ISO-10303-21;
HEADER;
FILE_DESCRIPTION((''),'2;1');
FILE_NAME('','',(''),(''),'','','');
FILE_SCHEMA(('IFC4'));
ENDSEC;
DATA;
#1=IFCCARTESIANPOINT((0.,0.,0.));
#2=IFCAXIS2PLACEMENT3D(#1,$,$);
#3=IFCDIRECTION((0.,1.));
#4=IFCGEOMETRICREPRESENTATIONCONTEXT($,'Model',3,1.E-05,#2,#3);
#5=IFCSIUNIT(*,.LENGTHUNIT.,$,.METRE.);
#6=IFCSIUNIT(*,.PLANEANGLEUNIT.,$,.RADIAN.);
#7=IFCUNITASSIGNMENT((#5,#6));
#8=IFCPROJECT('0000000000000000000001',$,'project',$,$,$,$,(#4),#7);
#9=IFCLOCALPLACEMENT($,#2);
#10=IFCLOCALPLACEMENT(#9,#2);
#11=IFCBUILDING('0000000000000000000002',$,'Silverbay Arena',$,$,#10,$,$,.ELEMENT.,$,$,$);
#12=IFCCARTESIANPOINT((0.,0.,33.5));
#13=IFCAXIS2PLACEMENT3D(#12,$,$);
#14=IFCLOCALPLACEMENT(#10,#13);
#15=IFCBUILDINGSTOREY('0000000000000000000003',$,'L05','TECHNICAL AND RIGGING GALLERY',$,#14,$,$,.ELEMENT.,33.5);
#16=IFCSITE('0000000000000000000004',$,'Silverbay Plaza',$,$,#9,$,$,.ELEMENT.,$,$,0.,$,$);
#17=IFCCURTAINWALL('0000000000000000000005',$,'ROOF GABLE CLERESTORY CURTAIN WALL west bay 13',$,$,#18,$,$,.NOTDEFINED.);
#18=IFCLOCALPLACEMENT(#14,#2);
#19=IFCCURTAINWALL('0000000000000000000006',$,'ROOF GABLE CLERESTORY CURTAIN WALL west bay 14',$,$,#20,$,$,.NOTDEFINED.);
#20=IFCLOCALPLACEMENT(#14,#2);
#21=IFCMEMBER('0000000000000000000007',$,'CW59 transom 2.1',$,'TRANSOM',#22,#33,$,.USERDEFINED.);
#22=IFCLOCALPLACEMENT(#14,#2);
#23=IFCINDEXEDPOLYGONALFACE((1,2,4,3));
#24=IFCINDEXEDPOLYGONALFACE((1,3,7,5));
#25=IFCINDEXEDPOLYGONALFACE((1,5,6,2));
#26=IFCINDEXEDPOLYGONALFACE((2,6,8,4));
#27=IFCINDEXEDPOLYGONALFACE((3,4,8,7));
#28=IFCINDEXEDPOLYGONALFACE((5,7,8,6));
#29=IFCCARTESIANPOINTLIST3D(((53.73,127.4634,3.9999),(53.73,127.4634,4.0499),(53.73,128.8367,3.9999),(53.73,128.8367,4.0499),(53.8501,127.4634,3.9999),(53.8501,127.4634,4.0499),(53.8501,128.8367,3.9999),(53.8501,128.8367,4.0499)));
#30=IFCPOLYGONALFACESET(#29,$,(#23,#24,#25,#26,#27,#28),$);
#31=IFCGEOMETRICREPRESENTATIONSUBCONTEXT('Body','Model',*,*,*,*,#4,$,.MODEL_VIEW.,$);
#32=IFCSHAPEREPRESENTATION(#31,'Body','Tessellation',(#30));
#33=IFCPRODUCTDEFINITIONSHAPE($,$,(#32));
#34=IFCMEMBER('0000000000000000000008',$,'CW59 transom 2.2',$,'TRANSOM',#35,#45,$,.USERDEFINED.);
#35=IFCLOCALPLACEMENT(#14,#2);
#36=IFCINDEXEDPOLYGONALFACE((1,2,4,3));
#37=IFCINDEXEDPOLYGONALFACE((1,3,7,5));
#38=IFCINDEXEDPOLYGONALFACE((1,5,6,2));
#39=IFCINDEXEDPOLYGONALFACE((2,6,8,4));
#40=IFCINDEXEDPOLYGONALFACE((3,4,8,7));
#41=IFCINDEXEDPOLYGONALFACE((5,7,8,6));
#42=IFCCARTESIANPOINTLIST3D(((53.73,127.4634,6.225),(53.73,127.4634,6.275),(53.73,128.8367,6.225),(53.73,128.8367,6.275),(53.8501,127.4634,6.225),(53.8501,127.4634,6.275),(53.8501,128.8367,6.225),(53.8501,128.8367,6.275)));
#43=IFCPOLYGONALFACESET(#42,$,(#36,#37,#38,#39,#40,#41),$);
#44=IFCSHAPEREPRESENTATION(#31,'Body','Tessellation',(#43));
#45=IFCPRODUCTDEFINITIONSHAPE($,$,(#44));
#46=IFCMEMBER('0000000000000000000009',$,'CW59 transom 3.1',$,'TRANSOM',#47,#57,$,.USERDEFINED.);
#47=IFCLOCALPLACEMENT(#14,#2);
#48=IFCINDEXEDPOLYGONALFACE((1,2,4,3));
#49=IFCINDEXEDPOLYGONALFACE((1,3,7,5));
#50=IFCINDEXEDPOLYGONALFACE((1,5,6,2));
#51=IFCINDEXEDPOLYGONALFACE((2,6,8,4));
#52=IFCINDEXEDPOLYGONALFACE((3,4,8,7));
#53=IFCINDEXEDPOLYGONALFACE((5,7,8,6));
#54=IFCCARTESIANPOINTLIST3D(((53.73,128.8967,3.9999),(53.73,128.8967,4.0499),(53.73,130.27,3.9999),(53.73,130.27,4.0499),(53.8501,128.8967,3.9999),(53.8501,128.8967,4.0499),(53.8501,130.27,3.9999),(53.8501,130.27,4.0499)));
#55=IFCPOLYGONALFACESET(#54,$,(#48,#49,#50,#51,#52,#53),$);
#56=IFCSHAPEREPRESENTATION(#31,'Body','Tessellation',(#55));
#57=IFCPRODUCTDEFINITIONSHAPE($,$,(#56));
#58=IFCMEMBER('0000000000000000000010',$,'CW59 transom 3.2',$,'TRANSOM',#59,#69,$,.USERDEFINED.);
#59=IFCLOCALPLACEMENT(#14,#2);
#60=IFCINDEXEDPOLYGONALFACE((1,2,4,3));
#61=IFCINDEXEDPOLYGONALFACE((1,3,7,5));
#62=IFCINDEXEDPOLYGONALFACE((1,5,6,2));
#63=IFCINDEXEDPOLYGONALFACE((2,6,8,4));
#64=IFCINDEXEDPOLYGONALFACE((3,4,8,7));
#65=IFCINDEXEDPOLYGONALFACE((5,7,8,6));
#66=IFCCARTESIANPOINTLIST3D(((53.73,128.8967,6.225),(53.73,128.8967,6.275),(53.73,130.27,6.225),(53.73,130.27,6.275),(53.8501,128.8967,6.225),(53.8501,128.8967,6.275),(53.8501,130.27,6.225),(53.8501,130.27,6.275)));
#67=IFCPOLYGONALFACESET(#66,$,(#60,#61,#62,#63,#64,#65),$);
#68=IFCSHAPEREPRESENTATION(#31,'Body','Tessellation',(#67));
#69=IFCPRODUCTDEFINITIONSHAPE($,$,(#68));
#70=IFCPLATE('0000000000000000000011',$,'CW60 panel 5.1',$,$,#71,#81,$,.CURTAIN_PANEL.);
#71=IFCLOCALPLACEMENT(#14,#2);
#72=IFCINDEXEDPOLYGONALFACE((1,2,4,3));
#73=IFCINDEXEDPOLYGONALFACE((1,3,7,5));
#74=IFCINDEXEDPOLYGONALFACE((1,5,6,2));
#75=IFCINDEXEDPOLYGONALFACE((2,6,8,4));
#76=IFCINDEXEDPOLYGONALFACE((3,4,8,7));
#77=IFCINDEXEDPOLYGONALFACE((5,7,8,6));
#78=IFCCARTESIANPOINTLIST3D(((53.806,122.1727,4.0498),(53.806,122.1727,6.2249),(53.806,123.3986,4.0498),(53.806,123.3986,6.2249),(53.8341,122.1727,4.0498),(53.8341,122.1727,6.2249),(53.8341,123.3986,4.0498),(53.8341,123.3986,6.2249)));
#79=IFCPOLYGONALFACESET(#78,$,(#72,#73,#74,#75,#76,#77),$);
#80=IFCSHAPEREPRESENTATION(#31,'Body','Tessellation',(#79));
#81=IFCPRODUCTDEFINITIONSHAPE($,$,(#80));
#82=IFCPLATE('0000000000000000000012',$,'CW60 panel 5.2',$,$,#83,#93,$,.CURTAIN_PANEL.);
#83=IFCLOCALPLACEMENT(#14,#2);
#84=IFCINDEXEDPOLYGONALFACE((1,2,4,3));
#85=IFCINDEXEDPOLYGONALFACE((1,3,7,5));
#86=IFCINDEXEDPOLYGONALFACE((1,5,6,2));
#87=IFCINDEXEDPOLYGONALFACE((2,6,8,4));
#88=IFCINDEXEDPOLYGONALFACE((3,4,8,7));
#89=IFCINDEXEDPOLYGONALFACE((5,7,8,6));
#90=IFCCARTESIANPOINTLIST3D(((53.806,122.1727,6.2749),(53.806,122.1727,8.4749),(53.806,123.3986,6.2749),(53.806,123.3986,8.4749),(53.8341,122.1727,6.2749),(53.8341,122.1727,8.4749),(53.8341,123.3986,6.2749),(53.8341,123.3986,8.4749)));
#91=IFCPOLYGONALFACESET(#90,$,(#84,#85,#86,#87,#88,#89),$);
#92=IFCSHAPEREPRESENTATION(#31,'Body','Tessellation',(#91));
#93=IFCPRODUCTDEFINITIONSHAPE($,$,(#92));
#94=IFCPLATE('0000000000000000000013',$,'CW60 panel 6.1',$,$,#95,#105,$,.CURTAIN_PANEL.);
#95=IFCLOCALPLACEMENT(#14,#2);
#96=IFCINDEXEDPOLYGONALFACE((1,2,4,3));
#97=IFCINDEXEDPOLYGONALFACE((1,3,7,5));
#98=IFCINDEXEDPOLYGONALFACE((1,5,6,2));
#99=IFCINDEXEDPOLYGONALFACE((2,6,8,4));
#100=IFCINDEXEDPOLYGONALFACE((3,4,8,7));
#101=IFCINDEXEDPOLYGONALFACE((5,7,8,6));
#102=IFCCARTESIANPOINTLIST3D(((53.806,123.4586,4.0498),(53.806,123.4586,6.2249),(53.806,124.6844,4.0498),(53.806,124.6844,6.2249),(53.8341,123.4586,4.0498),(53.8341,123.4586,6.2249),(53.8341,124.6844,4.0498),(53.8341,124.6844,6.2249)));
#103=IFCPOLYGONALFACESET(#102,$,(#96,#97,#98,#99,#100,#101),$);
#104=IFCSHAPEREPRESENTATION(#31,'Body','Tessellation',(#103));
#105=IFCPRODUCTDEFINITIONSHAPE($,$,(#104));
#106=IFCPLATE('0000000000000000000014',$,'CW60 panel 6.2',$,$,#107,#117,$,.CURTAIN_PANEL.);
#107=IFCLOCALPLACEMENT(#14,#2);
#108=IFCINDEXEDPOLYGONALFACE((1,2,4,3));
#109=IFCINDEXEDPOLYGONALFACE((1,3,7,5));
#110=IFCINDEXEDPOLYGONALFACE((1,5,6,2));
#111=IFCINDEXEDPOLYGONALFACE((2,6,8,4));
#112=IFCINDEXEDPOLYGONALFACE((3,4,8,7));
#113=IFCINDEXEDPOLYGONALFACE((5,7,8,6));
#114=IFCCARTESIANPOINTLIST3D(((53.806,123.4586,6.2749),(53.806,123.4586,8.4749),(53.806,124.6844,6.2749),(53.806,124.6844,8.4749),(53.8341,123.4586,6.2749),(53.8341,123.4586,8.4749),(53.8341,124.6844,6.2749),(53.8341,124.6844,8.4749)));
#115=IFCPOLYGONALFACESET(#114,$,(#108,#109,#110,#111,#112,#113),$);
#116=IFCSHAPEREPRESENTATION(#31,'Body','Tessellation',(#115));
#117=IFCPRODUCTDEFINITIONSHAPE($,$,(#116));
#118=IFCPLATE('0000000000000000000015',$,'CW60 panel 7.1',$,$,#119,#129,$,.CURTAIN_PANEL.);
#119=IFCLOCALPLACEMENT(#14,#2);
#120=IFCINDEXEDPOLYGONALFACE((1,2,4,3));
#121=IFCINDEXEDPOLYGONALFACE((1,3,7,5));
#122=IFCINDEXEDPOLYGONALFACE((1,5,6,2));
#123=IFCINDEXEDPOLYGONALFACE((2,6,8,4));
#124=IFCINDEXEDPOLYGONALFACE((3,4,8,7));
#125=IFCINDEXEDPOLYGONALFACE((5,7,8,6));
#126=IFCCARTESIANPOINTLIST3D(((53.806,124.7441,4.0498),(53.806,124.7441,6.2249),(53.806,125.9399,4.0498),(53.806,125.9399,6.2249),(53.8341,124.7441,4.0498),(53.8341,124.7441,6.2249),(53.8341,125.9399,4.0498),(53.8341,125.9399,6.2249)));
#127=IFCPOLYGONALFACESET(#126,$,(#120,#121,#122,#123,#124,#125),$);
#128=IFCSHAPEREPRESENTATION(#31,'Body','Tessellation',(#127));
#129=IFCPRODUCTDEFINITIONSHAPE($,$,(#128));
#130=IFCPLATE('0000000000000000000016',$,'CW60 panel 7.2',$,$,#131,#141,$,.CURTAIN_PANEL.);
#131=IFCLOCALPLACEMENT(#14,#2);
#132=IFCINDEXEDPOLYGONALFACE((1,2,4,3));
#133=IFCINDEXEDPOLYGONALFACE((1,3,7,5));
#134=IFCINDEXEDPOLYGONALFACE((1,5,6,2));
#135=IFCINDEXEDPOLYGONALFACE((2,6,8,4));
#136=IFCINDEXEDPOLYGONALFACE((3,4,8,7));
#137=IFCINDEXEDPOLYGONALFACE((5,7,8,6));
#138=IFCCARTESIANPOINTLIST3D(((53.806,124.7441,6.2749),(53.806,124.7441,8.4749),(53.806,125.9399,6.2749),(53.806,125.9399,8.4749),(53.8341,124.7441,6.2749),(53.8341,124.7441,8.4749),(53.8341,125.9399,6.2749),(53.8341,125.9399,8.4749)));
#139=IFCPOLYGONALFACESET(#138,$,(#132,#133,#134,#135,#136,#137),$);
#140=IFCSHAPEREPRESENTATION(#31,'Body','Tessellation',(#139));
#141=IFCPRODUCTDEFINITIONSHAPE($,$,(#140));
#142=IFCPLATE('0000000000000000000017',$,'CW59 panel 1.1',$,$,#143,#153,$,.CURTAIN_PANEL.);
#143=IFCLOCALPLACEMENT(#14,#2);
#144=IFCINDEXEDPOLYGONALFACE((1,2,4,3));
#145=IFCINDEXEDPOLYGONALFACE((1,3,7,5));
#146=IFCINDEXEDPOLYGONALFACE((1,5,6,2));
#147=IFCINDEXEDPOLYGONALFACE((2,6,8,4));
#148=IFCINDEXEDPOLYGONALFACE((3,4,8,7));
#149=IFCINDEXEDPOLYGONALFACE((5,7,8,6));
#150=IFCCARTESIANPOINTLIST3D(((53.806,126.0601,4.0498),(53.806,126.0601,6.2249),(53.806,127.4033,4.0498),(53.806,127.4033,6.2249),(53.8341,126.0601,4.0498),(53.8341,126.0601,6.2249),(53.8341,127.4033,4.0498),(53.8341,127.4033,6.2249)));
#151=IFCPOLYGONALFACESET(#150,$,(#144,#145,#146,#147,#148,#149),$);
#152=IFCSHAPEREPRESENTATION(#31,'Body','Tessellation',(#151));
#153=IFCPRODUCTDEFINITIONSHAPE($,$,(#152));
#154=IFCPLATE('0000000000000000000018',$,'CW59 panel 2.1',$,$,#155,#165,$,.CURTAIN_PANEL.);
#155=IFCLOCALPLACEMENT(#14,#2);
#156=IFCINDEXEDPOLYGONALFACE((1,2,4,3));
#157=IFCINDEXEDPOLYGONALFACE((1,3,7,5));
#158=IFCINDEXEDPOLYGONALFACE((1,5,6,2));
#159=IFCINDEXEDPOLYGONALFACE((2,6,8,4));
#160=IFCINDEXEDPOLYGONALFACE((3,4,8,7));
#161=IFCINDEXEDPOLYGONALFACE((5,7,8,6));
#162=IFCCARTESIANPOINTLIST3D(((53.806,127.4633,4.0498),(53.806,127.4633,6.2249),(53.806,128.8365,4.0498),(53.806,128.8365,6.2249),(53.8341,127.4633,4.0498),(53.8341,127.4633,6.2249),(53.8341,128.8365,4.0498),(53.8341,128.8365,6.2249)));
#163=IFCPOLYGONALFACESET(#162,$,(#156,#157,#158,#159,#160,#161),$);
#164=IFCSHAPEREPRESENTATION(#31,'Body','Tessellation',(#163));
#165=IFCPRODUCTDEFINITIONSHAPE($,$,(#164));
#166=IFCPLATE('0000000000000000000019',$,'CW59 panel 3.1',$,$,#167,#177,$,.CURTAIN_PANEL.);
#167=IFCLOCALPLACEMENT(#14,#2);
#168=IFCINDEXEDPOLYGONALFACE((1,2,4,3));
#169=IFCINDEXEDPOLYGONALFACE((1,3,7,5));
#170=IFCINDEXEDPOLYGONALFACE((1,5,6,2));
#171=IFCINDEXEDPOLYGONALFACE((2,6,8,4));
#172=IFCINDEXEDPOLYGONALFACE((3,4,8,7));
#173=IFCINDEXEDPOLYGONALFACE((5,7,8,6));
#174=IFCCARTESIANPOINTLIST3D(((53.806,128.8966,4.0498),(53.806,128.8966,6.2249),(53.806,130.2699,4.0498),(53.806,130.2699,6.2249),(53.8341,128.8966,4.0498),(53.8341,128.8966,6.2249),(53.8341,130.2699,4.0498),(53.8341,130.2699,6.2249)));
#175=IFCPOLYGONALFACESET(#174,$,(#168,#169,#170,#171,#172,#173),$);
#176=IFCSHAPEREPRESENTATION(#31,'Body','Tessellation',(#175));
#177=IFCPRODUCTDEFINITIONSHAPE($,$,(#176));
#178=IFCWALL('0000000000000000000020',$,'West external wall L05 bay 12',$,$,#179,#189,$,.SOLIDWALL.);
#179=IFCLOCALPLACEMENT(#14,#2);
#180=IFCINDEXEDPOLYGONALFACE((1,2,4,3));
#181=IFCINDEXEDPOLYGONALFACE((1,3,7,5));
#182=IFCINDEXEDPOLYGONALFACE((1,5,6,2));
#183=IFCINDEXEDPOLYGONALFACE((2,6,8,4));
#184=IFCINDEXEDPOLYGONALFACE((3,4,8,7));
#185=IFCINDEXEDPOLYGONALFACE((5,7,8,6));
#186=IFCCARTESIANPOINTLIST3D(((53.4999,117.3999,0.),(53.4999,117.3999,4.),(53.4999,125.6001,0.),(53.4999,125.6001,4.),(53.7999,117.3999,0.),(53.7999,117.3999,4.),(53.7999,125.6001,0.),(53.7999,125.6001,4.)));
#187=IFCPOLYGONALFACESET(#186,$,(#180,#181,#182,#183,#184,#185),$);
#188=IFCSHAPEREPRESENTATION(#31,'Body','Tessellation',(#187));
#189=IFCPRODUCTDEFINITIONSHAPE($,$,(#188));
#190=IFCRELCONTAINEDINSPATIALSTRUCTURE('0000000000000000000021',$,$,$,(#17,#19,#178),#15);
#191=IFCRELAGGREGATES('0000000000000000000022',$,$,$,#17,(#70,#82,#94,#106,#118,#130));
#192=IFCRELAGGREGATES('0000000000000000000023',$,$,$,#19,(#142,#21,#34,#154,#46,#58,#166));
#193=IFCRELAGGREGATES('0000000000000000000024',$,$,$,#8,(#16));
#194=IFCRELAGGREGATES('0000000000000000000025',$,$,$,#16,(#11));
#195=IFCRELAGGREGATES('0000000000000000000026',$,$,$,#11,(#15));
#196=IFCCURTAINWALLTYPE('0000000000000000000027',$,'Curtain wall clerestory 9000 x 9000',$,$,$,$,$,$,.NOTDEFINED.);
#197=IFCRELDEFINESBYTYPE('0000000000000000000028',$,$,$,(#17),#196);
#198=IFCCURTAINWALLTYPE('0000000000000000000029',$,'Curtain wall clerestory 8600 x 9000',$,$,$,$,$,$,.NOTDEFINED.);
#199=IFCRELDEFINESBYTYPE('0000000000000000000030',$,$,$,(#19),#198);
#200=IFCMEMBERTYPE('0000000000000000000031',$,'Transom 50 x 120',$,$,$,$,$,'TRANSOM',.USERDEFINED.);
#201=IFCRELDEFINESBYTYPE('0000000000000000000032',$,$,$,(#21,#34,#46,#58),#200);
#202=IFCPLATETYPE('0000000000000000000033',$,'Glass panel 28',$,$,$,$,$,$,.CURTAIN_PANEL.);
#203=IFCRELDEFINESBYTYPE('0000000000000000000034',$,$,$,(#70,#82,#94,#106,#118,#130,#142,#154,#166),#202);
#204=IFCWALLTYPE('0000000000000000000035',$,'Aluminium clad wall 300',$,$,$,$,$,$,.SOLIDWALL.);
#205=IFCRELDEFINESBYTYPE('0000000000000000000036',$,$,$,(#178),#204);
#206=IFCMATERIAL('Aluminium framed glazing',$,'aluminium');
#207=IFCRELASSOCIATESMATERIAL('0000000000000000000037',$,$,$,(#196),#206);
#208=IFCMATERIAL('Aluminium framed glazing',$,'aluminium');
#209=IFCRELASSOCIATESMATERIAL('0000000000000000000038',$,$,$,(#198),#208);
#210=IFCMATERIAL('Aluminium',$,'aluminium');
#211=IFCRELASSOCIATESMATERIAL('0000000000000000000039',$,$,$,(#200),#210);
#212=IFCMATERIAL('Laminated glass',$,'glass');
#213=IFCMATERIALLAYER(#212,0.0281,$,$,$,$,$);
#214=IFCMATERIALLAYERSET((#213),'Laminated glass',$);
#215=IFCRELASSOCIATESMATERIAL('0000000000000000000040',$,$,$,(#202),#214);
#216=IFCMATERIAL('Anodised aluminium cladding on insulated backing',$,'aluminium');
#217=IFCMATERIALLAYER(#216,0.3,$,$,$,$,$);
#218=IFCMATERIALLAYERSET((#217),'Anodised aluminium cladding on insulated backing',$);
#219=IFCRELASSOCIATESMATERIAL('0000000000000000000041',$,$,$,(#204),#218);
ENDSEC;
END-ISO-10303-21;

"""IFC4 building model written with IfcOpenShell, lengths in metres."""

from ifc_helpers import new_model, si_unit, direction, frame, frame_2d, origin, origin_2d, place, context, subcontext, project, spatial, rectangle, extrude, material, layer, layer_set, material_profile, profile_set, type_object, element, aggregate, save


model = new_model("IFC4")

# Units and contexts
model_context = context("Model", 3, precision=1e-05, world=origin(), true_north=direction((0.0, 1.0)))
body_context = subcontext(model_context, "Body", "Model", "MODEL_VIEW")
ifc_project = project(units=[si_unit("LENGTHUNIT", "METRE"), si_unit("PLANEANGLEUNIT", "RADIAN")], contexts=[model_context])

# Site, building, storey
site_placement = place(None, origin())
site = spatial("IfcSite", under=ifc_project, at=site_placement, Name="Silverbay Plaza", CompositionType="ELEMENT", RefElevation=0.0)
building_placement = place(site_placement, origin())
building = spatial("IfcBuilding", under=site, at=building_placement, Name="Silverbay Arena", CompositionType="ELEMENT")
storey_placement = place(building_placement, frame((0.0, 0.0, 33.5)))
storey = spatial("IfcBuildingStorey", under=building, at=storey_placement, Name="L05", Description="TECHNICAL AND RIGGING GALLERY", CompositionType="ELEMENT", Elevation=33.5)

# Curtain walls
ifc_material_1 = material(Name="Aluminium framed glazing", Category="aluminium")
curtain_wall_type_1 = type_object("IfcCurtainWallType", Name="Curtain wall clerestory 9000 x 9000", PredefinedType="NOTDEFINED", material=ifc_material_1)
curtain_wall_1_placement = place(storey_placement, origin())
curtain_wall_1 = element("IfcCurtainWall", 1, at=curtain_wall_1_placement, inside=storey, type_object=curtain_wall_type_1, Name="ROOF GABLE CLERESTORY CURTAIN WALL west bay 13", PredefinedType="NOTDEFINED")
ifc_material_2 = material(Name="Aluminium framed glazing", Category="aluminium")
curtain_wall_type_2 = type_object("IfcCurtainWallType", Name="Curtain wall clerestory 8600 x 9000", PredefinedType="NOTDEFINED", material=ifc_material_2)
curtain_wall_2_placement = place(storey_placement, origin())
curtain_wall_2 = element("IfcCurtainWall", 2, at=curtain_wall_2_placement, inside=storey, type_object=curtain_wall_type_2, Name="ROOF GABLE CLERESTORY CURTAIN WALL west bay 14", PredefinedType="NOTDEFINED")

# Members
ifc_material_3 = material(Name="Aluminium", Category="aluminium")
ifc_material_profile_1 = material_profile(ifc_material_3, rectangle(XDim=0.1201, YDim=0.05, at=origin_2d()), Name="Transom 50 x 120")
ifc_profile_set_1 = profile_set([ifc_material_profile_1], Name="Aluminium")
member_type_1 = type_object("IfcMemberType", Name="Transom 50 x 120", ElementType="TRANSOM", PredefinedType="USERDEFINED", material=ifc_profile_set_1)
member_1_placement = place(storey_placement, frame((53.79, 127.4634, 4.0249), z_axis=(0.0, 1.0, 0.0), x_axis=(-1.0, 0.0, 0.0)))
member_1 = element("IfcMember", 3, at=member_1_placement, type_object=member_type_1, Name="CW59 transom 2.1", ObjectType="TRANSOM", PredefinedType="USERDEFINED", context=body_context, shape_type="SweptSolid", body=[
    extrude(rectangle(XDim=0.1201, YDim=0.05, at=origin_2d()), origin(), (0.0, 0.0, 1.0), 1.3733),
])
member_2_placement = place(storey_placement, frame((53.79, 127.4634, 6.25), z_axis=(0.0, 1.0, 0.0), x_axis=(-1.0, 0.0, 0.0)))
member_2 = element("IfcMember", 4, at=member_2_placement, type_object=member_type_1, Name="CW59 transom 2.2", ObjectType="TRANSOM", PredefinedType="USERDEFINED", context=body_context, shape_type="SweptSolid", body=[
    extrude(rectangle(XDim=0.1201, YDim=0.05, at=origin_2d()), origin(), (0.0, 0.0, 1.0), 1.3733),
])
member_3_placement = place(storey_placement, frame((53.79, 128.8967, 4.0249), z_axis=(0.0, 1.0, 0.0), x_axis=(-1.0, 0.0, 0.0)))
member_3 = element("IfcMember", 5, at=member_3_placement, type_object=member_type_1, Name="CW59 transom 3.1", ObjectType="TRANSOM", PredefinedType="USERDEFINED", context=body_context, shape_type="SweptSolid", body=[
    extrude(rectangle(XDim=0.1201, YDim=0.05, at=origin_2d()), origin(), (0.0, 0.0, 1.0), 1.3733),
])
member_4_placement = place(storey_placement, frame((53.79, 128.8967, 6.25), z_axis=(0.0, 1.0, 0.0), x_axis=(-1.0, 0.0, 0.0)))
member_4 = element("IfcMember", 6, at=member_4_placement, type_object=member_type_1, Name="CW59 transom 3.2", ObjectType="TRANSOM", PredefinedType="USERDEFINED", context=body_context, shape_type="SweptSolid", body=[
    extrude(rectangle(XDim=0.1201, YDim=0.05, at=origin_2d()), origin(), (0.0, 0.0, 1.0), 1.3733),
])

# Plates
ifc_material_4 = material(Name="Laminated glass", Category="glass")
ifc_layer_1 = layer(ifc_material_4, 0.0281)
ifc_layer_set_1 = layer_set([ifc_layer_1], Name="Laminated glass")
plate_type = type_object("IfcPlateType", Name="Glass panel 28", PredefinedType="CURTAIN_PANEL", material=ifc_layer_set_1)
plate_1_placement = place(storey_placement, frame((53.8201, 122.7856, 4.0498), z_axis=(0.0, 0.0, 1.0), x_axis=(0.0, 1.0, 0.0)))
plate_1 = element("IfcPlate", 7, at=plate_1_placement, type_object=plate_type, Name="CW60 panel 5.1", PredefinedType="CURTAIN_PANEL", context=body_context, shape_type="SweptSolid", body=[
    extrude(rectangle(XDim=1.2258, YDim=0.0281, at=origin_2d()), origin(), (0.0, 0.0, 1.0), 2.175),
])
plate_2_placement = place(storey_placement, frame((53.8201, 122.7856, 6.2749), z_axis=(0.0, 0.0, 1.0), x_axis=(0.0, 1.0, 0.0)))
plate_2 = element("IfcPlate", 8, at=plate_2_placement, type_object=plate_type, Name="CW60 panel 5.2", PredefinedType="CURTAIN_PANEL", context=body_context, shape_type="SweptSolid", body=[
    extrude(rectangle(XDim=1.2258, YDim=0.0281, at=origin_2d()), origin(), (0.0, 0.0, 1.0), 2.2),
])
plate_3_placement = place(storey_placement, frame((53.8201, 124.0715, 4.0498), z_axis=(0.0, 0.0, 1.0), x_axis=(0.0, 1.0, 0.0)))
plate_3 = element("IfcPlate", 9, at=plate_3_placement, type_object=plate_type, Name="CW60 panel 6.1", PredefinedType="CURTAIN_PANEL", context=body_context, shape_type="SweptSolid", body=[
    extrude(rectangle(XDim=1.2258, YDim=0.0281, at=origin_2d()), origin(), (0.0, 0.0, 1.0), 2.175),
])
plate_4_placement = place(storey_placement, frame((53.8201, 124.0715, 6.2749), z_axis=(0.0, 0.0, 1.0), x_axis=(0.0, 1.0, 0.0)))
plate_4 = element("IfcPlate", 10, at=plate_4_placement, type_object=plate_type, Name="CW60 panel 6.2", PredefinedType="CURTAIN_PANEL", context=body_context, shape_type="SweptSolid", body=[
    extrude(rectangle(XDim=1.2258, YDim=0.0281, at=origin_2d()), origin(), (0.0, 0.0, 1.0), 2.2),
])
plate_5_placement = place(storey_placement, frame((53.8201, 125.342, 4.0498), z_axis=(0.0, 0.0, 1.0), x_axis=(0.0, 1.0, 0.0)))
plate_5 = element("IfcPlate", 11, at=plate_5_placement, type_object=plate_type, Name="CW60 panel 7.1", PredefinedType="CURTAIN_PANEL", context=body_context, shape_type="SweptSolid", body=[
    extrude(rectangle(XDim=1.1958, YDim=0.0281, at=origin_2d()), origin(), (0.0, 0.0, 1.0), 2.175),
])
plate_6_placement = place(storey_placement, frame((53.8201, 125.342, 6.2749), z_axis=(0.0, 0.0, 1.0), x_axis=(0.0, 1.0, 0.0)))
plate_6 = element("IfcPlate", 12, at=plate_6_placement, type_object=plate_type, Name="CW60 panel 7.2", PredefinedType="CURTAIN_PANEL", context=body_context, shape_type="SweptSolid", body=[
    extrude(rectangle(XDim=1.1958, YDim=0.0281, at=origin_2d()), origin(), (0.0, 0.0, 1.0), 2.2),
])
aggregate(curtain_wall_1, [plate_1, plate_2, plate_3, plate_4, plate_5, plate_6])
plate_7_placement = place(storey_placement, frame((53.8201, 126.7317, 4.0498), z_axis=(0.0, 0.0, 1.0), x_axis=(0.0, 1.0, 0.0)))
plate_7 = element("IfcPlate", 13, at=plate_7_placement, type_object=plate_type, Name="CW59 panel 1.1", PredefinedType="CURTAIN_PANEL", context=body_context, shape_type="SweptSolid", body=[
    extrude(rectangle(XDim=1.3433, YDim=0.0281, at=origin_2d()), origin(), (0.0, 0.0, 1.0), 2.175),
])
plate_8_placement = place(storey_placement, frame((53.8201, 128.1499, 4.0498), z_axis=(0.0, 0.0, 1.0), x_axis=(0.0, 1.0, 0.0)))
plate_8 = element("IfcPlate", 14, at=plate_8_placement, type_object=plate_type, Name="CW59 panel 2.1", PredefinedType="CURTAIN_PANEL", context=body_context, shape_type="SweptSolid", body=[
    extrude(rectangle(XDim=1.3733, YDim=0.0281, at=origin_2d()), origin(), (0.0, 0.0, 1.0), 2.175),
])
plate_9_placement = place(storey_placement, frame((53.8201, 129.5833, 4.0498), z_axis=(0.0, 0.0, 1.0), x_axis=(0.0, 1.0, 0.0)))
plate_9 = element("IfcPlate", 15, at=plate_9_placement, type_object=plate_type, Name="CW59 panel 3.1", PredefinedType="CURTAIN_PANEL", context=body_context, shape_type="SweptSolid", body=[
    extrude(rectangle(XDim=1.3733, YDim=0.0281, at=origin_2d()), origin(), (0.0, 0.0, 1.0), 2.175),
])
aggregate(curtain_wall_2, [plate_7, member_1, member_2, plate_8, member_3, member_4, plate_9])

# Wall
ifc_material_5 = material(Name="Anodised aluminium cladding on insulated backing", Category="aluminium")
ifc_layer_2 = layer(ifc_material_5, 0.3)
ifc_layer_set_2 = layer_set([ifc_layer_2], Name="Anodised aluminium cladding on insulated backing")
wall_type = type_object("IfcWallType", Name="Aluminium clad wall 300", PredefinedType="SOLIDWALL", material=ifc_layer_set_2)
wall_placement = place(storey_placement, frame((53.6499, 125.6001, 0.0), z_axis=(0.0, 0.0, 1.0), x_axis=(0.0, -1.0, 0.0)))
element("IfcWall", 16, at=wall_placement, inside=storey, type_object=wall_type, Name="West external wall L05 bay 12", PredefinedType="SOLIDWALL", context=body_context, shape_type="SweptSolid", body=[
    extrude(rectangle(XDim=8.2002, YDim=0.3, at=frame_2d((4.1001, 0.0))), origin(), (0.0, 0.0, 1.0), 4.0),
])

save(model, "model.ifc")
